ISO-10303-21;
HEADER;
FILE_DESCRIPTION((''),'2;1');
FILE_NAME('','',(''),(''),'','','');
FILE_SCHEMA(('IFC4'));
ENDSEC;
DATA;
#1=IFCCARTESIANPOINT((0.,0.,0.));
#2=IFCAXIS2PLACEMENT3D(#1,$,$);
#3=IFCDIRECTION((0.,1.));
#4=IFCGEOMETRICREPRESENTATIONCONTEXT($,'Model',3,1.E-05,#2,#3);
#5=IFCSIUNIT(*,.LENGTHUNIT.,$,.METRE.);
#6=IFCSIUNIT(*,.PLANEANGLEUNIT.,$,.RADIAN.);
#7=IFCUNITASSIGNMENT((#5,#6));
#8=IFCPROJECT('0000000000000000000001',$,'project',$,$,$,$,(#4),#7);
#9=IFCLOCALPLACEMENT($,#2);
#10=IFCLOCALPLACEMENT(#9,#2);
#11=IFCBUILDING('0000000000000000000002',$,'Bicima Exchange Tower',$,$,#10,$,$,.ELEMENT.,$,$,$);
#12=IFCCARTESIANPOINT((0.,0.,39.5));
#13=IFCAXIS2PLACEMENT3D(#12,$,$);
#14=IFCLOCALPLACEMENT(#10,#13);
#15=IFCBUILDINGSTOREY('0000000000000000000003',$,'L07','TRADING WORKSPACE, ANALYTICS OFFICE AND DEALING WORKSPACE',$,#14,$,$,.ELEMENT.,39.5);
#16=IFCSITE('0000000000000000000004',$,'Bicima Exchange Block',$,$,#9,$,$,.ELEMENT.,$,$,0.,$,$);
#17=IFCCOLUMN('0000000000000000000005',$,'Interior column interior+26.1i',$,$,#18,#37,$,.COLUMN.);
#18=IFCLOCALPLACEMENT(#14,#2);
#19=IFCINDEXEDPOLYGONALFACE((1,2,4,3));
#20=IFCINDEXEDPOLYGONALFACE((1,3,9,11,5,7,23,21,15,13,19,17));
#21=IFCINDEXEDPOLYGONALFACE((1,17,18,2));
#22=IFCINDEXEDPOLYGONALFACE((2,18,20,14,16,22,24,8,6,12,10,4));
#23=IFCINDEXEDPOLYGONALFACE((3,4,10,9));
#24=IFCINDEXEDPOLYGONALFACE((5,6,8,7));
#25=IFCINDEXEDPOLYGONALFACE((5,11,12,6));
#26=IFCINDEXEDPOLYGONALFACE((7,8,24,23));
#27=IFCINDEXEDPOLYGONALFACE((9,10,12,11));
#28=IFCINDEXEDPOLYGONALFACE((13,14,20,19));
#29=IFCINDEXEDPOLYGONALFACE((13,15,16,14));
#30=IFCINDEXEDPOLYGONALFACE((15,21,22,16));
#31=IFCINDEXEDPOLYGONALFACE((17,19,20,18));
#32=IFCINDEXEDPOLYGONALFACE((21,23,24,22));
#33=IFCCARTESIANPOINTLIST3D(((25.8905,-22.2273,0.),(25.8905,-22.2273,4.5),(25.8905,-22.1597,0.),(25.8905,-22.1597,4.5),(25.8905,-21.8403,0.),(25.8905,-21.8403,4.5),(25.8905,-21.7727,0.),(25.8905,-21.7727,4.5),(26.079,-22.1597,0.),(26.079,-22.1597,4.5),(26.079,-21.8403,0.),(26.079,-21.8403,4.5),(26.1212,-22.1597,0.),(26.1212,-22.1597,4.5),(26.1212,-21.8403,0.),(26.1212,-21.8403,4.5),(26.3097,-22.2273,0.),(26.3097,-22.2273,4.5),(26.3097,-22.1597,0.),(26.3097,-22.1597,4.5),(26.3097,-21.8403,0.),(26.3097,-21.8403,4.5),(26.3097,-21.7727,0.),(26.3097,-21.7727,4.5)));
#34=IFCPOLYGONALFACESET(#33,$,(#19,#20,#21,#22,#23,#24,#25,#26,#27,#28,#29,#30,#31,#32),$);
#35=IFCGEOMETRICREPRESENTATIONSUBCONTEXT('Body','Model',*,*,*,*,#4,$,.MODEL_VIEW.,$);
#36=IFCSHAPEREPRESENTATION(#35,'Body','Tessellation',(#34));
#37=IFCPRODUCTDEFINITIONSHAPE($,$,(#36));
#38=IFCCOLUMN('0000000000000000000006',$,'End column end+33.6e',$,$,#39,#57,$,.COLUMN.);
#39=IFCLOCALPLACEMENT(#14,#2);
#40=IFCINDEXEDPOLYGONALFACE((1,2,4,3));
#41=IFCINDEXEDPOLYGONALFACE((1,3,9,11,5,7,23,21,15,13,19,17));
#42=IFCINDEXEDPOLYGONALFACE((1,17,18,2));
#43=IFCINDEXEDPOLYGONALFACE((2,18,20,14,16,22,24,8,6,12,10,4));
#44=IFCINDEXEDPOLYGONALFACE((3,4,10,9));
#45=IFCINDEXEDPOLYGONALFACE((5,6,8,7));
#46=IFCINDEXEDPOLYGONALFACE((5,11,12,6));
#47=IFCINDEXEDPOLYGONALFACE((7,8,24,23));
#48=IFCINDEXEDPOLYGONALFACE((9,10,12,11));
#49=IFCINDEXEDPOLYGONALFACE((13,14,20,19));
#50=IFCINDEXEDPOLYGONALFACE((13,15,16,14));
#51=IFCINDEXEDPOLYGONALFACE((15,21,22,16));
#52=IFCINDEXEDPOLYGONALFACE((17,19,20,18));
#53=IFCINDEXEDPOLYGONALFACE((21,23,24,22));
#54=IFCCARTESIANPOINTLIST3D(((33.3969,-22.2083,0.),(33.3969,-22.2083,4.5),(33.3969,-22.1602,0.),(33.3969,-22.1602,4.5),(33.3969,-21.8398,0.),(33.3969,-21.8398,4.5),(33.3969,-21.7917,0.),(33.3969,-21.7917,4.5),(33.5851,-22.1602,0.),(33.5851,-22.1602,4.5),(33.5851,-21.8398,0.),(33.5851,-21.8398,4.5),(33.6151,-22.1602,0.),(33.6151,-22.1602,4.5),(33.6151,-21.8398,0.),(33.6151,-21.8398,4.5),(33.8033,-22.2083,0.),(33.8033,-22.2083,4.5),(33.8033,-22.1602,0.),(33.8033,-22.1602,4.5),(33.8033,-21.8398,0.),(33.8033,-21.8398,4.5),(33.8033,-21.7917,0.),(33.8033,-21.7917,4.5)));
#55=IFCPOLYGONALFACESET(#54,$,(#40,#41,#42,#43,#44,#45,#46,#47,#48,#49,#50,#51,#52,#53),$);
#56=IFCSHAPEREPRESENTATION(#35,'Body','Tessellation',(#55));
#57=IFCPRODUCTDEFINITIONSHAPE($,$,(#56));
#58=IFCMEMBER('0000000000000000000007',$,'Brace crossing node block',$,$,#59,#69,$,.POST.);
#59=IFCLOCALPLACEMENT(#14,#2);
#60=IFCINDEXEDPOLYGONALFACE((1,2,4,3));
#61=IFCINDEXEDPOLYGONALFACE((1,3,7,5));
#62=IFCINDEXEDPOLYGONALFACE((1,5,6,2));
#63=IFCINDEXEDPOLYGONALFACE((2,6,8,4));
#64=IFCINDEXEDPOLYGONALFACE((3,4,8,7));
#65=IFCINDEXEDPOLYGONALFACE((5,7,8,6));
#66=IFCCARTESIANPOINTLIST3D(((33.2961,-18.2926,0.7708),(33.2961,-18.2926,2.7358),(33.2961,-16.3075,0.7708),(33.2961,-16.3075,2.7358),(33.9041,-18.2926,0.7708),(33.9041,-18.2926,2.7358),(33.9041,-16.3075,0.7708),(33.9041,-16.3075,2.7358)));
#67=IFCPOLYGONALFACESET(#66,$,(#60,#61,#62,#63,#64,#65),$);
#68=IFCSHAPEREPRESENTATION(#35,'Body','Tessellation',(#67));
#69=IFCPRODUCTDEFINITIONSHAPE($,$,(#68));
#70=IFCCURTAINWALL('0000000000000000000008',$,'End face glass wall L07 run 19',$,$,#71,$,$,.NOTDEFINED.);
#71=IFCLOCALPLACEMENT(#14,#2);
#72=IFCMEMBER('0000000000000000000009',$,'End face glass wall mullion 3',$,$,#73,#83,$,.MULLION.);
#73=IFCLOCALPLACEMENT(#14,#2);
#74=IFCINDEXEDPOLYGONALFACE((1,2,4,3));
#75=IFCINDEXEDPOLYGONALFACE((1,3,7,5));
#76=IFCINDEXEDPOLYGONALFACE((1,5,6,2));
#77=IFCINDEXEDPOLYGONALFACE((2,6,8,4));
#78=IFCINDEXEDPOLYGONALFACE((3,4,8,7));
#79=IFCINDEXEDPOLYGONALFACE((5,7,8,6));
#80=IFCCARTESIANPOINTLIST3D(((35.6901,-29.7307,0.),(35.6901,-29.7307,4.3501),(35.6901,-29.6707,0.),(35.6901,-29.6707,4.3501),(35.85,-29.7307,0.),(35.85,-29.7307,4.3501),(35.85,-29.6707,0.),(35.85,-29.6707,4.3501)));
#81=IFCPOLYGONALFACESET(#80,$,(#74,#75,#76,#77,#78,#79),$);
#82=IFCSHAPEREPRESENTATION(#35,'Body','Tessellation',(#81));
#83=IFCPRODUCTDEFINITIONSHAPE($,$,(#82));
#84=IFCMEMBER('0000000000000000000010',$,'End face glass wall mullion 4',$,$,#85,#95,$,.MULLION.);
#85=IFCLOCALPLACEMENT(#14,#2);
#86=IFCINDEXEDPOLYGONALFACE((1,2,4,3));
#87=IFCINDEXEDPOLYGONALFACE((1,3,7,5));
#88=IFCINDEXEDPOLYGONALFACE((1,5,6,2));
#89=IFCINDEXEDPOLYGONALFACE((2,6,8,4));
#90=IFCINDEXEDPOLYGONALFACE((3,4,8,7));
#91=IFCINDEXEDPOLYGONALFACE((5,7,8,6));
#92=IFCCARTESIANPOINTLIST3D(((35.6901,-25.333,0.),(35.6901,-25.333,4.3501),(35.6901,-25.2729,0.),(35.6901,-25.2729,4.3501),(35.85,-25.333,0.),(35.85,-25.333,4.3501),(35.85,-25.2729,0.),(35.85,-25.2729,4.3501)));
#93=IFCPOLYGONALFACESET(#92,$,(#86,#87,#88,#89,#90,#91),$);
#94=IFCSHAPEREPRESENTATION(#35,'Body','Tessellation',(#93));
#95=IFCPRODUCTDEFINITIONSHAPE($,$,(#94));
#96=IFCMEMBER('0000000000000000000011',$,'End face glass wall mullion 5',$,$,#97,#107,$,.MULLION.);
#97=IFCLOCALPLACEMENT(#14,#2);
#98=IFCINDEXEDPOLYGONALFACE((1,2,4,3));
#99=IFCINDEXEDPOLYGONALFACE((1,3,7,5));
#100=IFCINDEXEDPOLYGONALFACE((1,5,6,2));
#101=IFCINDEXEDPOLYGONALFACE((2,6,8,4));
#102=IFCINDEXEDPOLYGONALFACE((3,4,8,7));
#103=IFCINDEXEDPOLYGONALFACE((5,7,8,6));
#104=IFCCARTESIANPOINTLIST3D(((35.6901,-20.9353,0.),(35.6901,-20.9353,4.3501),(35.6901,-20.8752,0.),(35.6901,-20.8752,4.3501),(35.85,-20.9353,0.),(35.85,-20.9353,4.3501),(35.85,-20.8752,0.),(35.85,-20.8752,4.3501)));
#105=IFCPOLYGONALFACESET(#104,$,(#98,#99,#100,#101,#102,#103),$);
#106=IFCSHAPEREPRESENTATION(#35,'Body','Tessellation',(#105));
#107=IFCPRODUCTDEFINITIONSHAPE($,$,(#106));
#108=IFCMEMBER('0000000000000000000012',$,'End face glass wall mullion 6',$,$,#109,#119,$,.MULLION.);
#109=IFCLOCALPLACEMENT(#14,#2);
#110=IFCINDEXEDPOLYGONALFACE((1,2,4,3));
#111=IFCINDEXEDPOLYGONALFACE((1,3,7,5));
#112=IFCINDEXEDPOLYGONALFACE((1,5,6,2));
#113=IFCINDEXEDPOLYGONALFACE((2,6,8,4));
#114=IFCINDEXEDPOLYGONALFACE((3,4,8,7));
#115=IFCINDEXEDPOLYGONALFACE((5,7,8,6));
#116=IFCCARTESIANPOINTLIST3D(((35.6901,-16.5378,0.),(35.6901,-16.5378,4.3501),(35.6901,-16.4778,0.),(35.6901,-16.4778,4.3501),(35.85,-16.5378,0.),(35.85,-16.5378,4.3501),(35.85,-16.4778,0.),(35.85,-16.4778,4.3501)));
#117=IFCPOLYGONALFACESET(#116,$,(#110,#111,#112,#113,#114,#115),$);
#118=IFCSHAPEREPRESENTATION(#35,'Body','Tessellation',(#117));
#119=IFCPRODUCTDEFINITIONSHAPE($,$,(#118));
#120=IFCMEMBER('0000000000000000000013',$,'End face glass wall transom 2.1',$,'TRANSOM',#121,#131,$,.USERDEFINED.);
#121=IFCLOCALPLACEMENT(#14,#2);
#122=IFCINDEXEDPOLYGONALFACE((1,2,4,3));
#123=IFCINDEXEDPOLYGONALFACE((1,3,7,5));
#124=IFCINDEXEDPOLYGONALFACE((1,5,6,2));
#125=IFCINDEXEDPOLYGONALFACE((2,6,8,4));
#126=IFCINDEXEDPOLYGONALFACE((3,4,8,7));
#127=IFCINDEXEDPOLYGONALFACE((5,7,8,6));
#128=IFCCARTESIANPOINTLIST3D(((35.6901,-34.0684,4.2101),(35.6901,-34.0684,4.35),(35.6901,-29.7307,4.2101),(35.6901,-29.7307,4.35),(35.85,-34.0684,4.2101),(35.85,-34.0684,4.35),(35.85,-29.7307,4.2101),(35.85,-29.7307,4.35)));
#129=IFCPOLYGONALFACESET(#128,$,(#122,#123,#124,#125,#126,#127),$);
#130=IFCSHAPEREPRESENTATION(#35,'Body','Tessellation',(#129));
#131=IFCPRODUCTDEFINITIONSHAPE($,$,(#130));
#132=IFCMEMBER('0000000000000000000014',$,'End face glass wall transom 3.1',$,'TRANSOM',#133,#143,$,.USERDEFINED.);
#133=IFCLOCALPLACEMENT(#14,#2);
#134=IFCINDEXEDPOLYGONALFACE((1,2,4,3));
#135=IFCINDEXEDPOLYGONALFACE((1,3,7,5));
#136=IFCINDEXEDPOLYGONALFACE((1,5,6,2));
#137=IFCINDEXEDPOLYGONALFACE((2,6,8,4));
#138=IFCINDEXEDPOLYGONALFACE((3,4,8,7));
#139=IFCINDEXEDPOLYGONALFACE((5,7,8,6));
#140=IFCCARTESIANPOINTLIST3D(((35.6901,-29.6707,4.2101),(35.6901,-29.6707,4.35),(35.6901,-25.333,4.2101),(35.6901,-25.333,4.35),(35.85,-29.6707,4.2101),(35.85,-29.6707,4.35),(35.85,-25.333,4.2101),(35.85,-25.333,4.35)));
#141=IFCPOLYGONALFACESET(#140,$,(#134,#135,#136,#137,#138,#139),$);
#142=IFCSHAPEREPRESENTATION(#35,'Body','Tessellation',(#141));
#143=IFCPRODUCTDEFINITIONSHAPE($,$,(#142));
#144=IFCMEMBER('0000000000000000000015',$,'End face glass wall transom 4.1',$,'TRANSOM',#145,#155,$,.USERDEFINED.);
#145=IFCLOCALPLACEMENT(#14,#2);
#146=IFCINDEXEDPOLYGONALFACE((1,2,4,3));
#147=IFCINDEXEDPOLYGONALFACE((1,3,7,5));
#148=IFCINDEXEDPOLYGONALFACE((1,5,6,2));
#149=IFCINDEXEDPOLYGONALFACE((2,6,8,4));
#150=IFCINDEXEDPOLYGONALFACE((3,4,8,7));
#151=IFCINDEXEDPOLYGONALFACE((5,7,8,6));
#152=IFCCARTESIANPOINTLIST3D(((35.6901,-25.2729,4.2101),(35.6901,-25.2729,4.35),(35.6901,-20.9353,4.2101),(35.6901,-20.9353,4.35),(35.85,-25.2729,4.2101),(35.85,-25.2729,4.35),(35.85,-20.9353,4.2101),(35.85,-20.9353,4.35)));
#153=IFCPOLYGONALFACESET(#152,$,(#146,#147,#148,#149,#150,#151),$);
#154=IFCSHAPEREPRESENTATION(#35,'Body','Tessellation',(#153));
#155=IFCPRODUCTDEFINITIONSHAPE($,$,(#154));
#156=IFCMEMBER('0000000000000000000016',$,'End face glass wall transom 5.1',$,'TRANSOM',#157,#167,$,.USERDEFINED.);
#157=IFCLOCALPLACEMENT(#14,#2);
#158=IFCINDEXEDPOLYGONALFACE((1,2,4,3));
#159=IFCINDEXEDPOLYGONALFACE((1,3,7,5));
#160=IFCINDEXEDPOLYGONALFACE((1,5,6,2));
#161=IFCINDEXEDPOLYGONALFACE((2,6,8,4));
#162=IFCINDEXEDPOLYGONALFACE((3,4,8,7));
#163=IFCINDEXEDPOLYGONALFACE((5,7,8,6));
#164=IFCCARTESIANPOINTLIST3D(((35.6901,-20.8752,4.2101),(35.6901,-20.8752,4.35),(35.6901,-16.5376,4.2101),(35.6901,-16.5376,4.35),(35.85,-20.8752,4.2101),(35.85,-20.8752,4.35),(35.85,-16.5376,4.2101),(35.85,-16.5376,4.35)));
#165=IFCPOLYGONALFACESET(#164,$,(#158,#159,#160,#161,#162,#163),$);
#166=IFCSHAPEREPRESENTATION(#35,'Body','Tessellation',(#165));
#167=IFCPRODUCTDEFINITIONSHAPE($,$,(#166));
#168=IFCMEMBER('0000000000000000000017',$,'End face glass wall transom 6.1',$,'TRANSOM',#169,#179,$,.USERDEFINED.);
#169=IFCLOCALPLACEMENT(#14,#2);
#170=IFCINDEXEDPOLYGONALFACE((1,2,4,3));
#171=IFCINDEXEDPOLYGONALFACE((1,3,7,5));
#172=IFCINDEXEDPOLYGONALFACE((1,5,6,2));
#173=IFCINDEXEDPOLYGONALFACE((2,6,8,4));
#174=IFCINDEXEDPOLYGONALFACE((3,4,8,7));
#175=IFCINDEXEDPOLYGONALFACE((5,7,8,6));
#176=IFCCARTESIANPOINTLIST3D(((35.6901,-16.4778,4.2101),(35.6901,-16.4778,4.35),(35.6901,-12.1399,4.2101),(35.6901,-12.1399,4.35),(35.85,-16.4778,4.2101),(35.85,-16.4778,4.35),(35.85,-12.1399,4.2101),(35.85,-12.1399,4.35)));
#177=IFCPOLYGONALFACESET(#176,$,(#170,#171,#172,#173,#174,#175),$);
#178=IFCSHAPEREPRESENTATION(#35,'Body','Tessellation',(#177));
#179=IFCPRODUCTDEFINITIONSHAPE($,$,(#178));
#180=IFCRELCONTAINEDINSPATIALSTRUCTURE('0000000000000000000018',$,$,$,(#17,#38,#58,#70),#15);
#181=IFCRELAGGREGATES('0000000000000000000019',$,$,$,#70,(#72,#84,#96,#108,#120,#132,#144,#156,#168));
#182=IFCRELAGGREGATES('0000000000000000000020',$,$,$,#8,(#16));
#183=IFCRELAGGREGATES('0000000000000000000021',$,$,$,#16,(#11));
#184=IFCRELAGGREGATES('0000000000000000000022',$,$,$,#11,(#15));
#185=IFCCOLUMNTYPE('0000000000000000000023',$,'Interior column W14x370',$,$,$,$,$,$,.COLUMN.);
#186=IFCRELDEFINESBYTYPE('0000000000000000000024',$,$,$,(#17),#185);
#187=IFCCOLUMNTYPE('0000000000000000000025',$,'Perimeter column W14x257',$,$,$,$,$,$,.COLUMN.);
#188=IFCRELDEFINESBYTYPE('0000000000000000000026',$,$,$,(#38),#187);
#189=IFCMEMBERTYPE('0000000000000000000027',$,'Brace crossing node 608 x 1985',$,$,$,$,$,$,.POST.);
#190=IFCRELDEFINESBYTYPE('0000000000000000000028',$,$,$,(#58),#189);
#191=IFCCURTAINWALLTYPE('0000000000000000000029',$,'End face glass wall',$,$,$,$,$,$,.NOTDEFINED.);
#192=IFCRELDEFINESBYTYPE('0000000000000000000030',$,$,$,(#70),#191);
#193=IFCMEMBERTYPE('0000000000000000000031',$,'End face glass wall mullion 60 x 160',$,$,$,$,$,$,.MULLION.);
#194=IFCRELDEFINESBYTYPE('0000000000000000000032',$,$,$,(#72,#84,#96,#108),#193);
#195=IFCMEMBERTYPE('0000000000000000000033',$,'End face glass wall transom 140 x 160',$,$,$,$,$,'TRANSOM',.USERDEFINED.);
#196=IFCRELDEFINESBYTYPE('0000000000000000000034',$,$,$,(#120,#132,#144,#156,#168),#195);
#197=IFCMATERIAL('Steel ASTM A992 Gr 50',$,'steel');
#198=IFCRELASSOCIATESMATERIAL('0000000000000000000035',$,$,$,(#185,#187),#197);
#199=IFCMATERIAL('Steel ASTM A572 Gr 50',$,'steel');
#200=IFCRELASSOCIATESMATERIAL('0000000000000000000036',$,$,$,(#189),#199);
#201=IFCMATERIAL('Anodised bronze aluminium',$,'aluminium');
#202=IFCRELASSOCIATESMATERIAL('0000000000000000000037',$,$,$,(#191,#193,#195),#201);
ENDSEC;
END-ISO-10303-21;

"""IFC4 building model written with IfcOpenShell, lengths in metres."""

from ifc_helpers import new_model, si_unit, direction, frame, origin, origin_2d, place, context, subcontext, project, spatial, rectangle, i_section, extrude, material, material_profile, profile_set, type_object, element, aggregate, save


model = new_model("IFC4")

# Units and contexts
model_context = context("Model", 3, precision=1e-05, world=origin(), true_north=direction((0.0, 1.0)))
body_context = subcontext(model_context, "Body", "Model", "MODEL_VIEW")
ifc_project = project(units=[si_unit("LENGTHUNIT", "METRE"), si_unit("PLANEANGLEUNIT", "RADIAN")], contexts=[model_context])

# Site, building, storey
site_placement = place(None, origin())
site = spatial("IfcSite", under=ifc_project, at=site_placement, Name="Bicima Exchange Block", CompositionType="ELEMENT", RefElevation=0.0)
building_placement = place(site_placement, origin())
building = spatial("IfcBuilding", under=site, at=building_placement, Name="Bicima Exchange Tower", CompositionType="ELEMENT")
storey_placement = place(building_placement, frame((0.0, 0.0, 39.5)))
storey = spatial("IfcBuildingStorey", under=building, at=storey_placement, Name="L07", Description="TRADING WORKSPACE, ANALYTICS OFFICE AND DEALING WORKSPACE", CompositionType="ELEMENT", Elevation=39.5)

# Columns
ifc_material_1 = material(Name="Steel ASTM A992 Gr 50", Category="steel")
ifc_material_profile_1 = material_profile(ifc_material_1, i_section(OverallWidth=0.4192, OverallDepth=0.4546, WebThickness=0.0422, FlangeThickness=0.0676, at=origin_2d()))
ifc_profile_set_1 = profile_set([ifc_material_profile_1], Name="Steel ASTM A992 Gr 50")
column_type_1 = type_object("IfcColumnType", Name="Interior column W14x370", PredefinedType="COLUMN", material=ifc_profile_set_1)
column_1_placement = place(storey_placement, frame((26.1001, -22.0, 0.0), z_axis=(0.0, 0.0, 1.0), x_axis=(1.0, 0.0, 0.0)))
element("IfcColumn", 1, at=column_1_placement, inside=storey, type_object=column_type_1, Name="Interior column interior+26.1i", PredefinedType="COLUMN", context=body_context, shape_type="SweptSolid", body=[
    extrude(i_section(OverallWidth=0.4192, OverallDepth=0.4546, WebThickness=0.0422, FlangeThickness=0.0676, at=origin_2d()), origin(), (0.0, 0.0, 1.0), 4.5),
])
ifc_material_profile_2 = material_profile(ifc_material_1, i_section(OverallWidth=0.4065, OverallDepth=0.4165, WebThickness=0.03, FlangeThickness=0.0481, at=origin_2d()))
ifc_profile_set_2 = profile_set([ifc_material_profile_2], Name="Steel ASTM A992 Gr 50")
column_type_2 = type_object("IfcColumnType", Name="Perimeter column W14x257", PredefinedType="COLUMN", material=ifc_profile_set_2)
column_2_placement = place(storey_placement, frame((33.6001, -22.0, 0.0), z_axis=(0.0, 0.0, 1.0), x_axis=(1.0, 0.0, 0.0)))
element("IfcColumn", 2, at=column_2_placement, inside=storey, type_object=column_type_2, Name="End column end+33.6e", PredefinedType="COLUMN", context=body_context, shape_type="SweptSolid", body=[
    extrude(i_section(OverallWidth=0.4065, OverallDepth=0.4165, WebThickness=0.03, FlangeThickness=0.0481, at=origin_2d()), origin(), (0.0, 0.0, 1.0), 4.5),
])

# Member
ifc_material_2 = material(Name="Steel ASTM A572 Gr 50", Category="steel")
ifc_material_profile_3 = material_profile(ifc_material_2, rectangle(XDim=0.6079, YDim=1.9851, at=origin_2d()))
ifc_profile_set_3 = profile_set([ifc_material_profile_3], Name="Steel ASTM A572 Gr 50")
member_type_1 = type_object("IfcMemberType", Name="Brace crossing node 608 x 1985", PredefinedType="POST", material=ifc_profile_set_3)
member_1_placement = place(storey_placement, frame((33.6001, -17.3, 0.7708), z_axis=(0.0, 0.0, 1.0), x_axis=(1.0, 0.0, 0.0)))
element("IfcMember", 3, at=member_1_placement, inside=storey, type_object=member_type_1, Name="Brace crossing node block", PredefinedType="POST", context=body_context, shape_type="SweptSolid", body=[
    extrude(rectangle(XDim=0.6079, YDim=1.9851, at=origin_2d()), origin(), (0.0, 0.0, 1.0), 1.9651),
])

# Curtain wall, members
ifc_material_3 = material(Name="Anodised bronze aluminium", Category="aluminium")
curtain_wall_type = type_object("IfcCurtainWallType", Name="End face glass wall", PredefinedType="NOTDEFINED", material=ifc_material_3)
curtain_wall_placement = place(storey_placement, origin())
curtain_wall = element("IfcCurtainWall", 4, at=curtain_wall_placement, inside=storey, type_object=curtain_wall_type, Name="End face glass wall L07 run 19", PredefinedType="NOTDEFINED")
ifc_material_profile_4 = material_profile(ifc_material_3, rectangle(XDim=0.1599, YDim=0.0601, at=origin_2d()))
ifc_profile_set_4 = profile_set([ifc_material_profile_4], Name="Anodised bronze aluminium")
member_type_2 = type_object("IfcMemberType", Name="End face glass wall mullion 60 x 160", PredefinedType="MULLION", material=ifc_profile_set_4)
member_2_placement = place(storey_placement, frame((35.77, -29.7007, 0.0), z_axis=(0.0, 0.0, 1.0), x_axis=(-1.0, 0.0, 0.0)))
member_2 = element("IfcMember", 5, at=member_2_placement, type_object=member_type_2, Name="End face glass wall mullion 3", PredefinedType="MULLION", context=body_context, shape_type="SweptSolid", body=[
    extrude(rectangle(XDim=0.1599, YDim=0.0601, at=origin_2d()), origin(), (0.0, 0.0, 1.0), 4.3501),
])
member_3_placement = place(storey_placement, frame((35.77, -25.303, 0.0), z_axis=(0.0, 0.0, 1.0), x_axis=(-1.0, 0.0, 0.0)))
member_3 = element("IfcMember", 6, at=member_3_placement, type_object=member_type_2, Name="End face glass wall mullion 4", PredefinedType="MULLION", context=body_context, shape_type="SweptSolid", body=[
    extrude(rectangle(XDim=0.1599, YDim=0.0601, at=origin_2d()), origin(), (0.0, 0.0, 1.0), 4.3501),
])
member_4_placement = place(storey_placement, frame((35.77, -20.9053, 0.0), z_axis=(0.0, 0.0, 1.0), x_axis=(-1.0, 0.0, 0.0)))
member_4 = element("IfcMember", 7, at=member_4_placement, type_object=member_type_2, Name="End face glass wall mullion 5", PredefinedType="MULLION", context=body_context, shape_type="SweptSolid", body=[
    extrude(rectangle(XDim=0.1599, YDim=0.0601, at=origin_2d()), origin(), (0.0, 0.0, 1.0), 4.3501),
])
member_5_placement = place(storey_placement, frame((35.77, -16.5078, 0.0), z_axis=(0.0, 0.0, 1.0), x_axis=(-1.0, 0.0, 0.0)))
member_5 = element("IfcMember", 8, at=member_5_placement, type_object=member_type_2, Name="End face glass wall mullion 6", PredefinedType="MULLION", context=body_context, shape_type="SweptSolid", body=[
    extrude(rectangle(XDim=0.1599, YDim=0.0601, at=origin_2d()), origin(), (0.0, 0.0, 1.0), 4.3501),
])
ifc_material_profile_5 = material_profile(ifc_material_3, rectangle(XDim=0.1599, YDim=0.1399, at=origin_2d()))
ifc_profile_set_5 = profile_set([ifc_material_profile_5], Name="Anodised bronze aluminium")
member_type_3 = type_object("IfcMemberType", Name="End face glass wall transom 140 x 160", ElementType="TRANSOM", PredefinedType="USERDEFINED", material=ifc_profile_set_5)
member_6_placement = place(storey_placement, frame((35.77, -34.0684, 4.28), z_axis=(0.0, 1.0, 0.0), x_axis=(-1.0, 0.0, 0.0)))
member_6 = element("IfcMember", 9, at=member_6_placement, type_object=member_type_3, Name="End face glass wall transom 2.1", ObjectType="TRANSOM", PredefinedType="USERDEFINED", context=body_context, shape_type="SweptSolid", body=[
    extrude(rectangle(XDim=0.1599, YDim=0.1399, at=origin_2d()), origin(), (0.0, 0.0, 1.0), 4.3376),
])
member_7_placement = place(storey_placement, frame((35.77, -29.6707, 4.28), z_axis=(0.0, 1.0, 0.0), x_axis=(-1.0, 0.0, 0.0)))
member_7 = element("IfcMember", 10, at=member_7_placement, type_object=member_type_3, Name="End face glass wall transom 3.1", ObjectType="TRANSOM", PredefinedType="USERDEFINED", context=body_context, shape_type="SweptSolid", body=[
    extrude(rectangle(XDim=0.1599, YDim=0.1399, at=origin_2d()), origin(), (0.0, 0.0, 1.0), 4.3376),
])
member_8_placement = place(storey_placement, frame((35.77, -25.2729, 4.28), z_axis=(0.0, 1.0, 0.0), x_axis=(-1.0, 0.0, 0.0)))
member_8 = element("IfcMember", 11, at=member_8_placement, type_object=member_type_3, Name="End face glass wall transom 4.1", ObjectType="TRANSOM", PredefinedType="USERDEFINED", context=body_context, shape_type="SweptSolid", body=[
    extrude(rectangle(XDim=0.1599, YDim=0.1399, at=origin_2d()), origin(), (0.0, 0.0, 1.0), 4.3376),
])
member_9_placement = place(storey_placement, frame((35.77, -20.8752, 4.28), z_axis=(0.0, 1.0, 0.0), x_axis=(-1.0, 0.0, 0.0)))
member_9 = element("IfcMember", 12, at=member_9_placement, type_object=member_type_3, Name="End face glass wall transom 5.1", ObjectType="TRANSOM", PredefinedType="USERDEFINED", context=body_context, shape_type="SweptSolid", body=[
    extrude(rectangle(XDim=0.1599, YDim=0.1399, at=origin_2d()), origin(), (0.0, 0.0, 1.0), 4.3376),
])
member_10_placement = place(storey_placement, frame((35.77, -16.4778, 4.28), z_axis=(0.0, 1.0, 0.0), x_axis=(-1.0, 0.0, 0.0)))
member_10 = element("IfcMember", 13, at=member_10_placement, type_object=member_type_3, Name="End face glass wall transom 6.1", ObjectType="TRANSOM", PredefinedType="USERDEFINED", context=body_context, shape_type="SweptSolid", body=[
    extrude(rectangle(XDim=0.1599, YDim=0.1399, at=origin_2d()), origin(), (0.0, 0.0, 1.0), 4.3379),
])

aggregate(curtain_wall, [member_2, member_3, member_4, member_5, member_6, member_7, member_8, member_9, member_10])

save(model, "model.ifc")
